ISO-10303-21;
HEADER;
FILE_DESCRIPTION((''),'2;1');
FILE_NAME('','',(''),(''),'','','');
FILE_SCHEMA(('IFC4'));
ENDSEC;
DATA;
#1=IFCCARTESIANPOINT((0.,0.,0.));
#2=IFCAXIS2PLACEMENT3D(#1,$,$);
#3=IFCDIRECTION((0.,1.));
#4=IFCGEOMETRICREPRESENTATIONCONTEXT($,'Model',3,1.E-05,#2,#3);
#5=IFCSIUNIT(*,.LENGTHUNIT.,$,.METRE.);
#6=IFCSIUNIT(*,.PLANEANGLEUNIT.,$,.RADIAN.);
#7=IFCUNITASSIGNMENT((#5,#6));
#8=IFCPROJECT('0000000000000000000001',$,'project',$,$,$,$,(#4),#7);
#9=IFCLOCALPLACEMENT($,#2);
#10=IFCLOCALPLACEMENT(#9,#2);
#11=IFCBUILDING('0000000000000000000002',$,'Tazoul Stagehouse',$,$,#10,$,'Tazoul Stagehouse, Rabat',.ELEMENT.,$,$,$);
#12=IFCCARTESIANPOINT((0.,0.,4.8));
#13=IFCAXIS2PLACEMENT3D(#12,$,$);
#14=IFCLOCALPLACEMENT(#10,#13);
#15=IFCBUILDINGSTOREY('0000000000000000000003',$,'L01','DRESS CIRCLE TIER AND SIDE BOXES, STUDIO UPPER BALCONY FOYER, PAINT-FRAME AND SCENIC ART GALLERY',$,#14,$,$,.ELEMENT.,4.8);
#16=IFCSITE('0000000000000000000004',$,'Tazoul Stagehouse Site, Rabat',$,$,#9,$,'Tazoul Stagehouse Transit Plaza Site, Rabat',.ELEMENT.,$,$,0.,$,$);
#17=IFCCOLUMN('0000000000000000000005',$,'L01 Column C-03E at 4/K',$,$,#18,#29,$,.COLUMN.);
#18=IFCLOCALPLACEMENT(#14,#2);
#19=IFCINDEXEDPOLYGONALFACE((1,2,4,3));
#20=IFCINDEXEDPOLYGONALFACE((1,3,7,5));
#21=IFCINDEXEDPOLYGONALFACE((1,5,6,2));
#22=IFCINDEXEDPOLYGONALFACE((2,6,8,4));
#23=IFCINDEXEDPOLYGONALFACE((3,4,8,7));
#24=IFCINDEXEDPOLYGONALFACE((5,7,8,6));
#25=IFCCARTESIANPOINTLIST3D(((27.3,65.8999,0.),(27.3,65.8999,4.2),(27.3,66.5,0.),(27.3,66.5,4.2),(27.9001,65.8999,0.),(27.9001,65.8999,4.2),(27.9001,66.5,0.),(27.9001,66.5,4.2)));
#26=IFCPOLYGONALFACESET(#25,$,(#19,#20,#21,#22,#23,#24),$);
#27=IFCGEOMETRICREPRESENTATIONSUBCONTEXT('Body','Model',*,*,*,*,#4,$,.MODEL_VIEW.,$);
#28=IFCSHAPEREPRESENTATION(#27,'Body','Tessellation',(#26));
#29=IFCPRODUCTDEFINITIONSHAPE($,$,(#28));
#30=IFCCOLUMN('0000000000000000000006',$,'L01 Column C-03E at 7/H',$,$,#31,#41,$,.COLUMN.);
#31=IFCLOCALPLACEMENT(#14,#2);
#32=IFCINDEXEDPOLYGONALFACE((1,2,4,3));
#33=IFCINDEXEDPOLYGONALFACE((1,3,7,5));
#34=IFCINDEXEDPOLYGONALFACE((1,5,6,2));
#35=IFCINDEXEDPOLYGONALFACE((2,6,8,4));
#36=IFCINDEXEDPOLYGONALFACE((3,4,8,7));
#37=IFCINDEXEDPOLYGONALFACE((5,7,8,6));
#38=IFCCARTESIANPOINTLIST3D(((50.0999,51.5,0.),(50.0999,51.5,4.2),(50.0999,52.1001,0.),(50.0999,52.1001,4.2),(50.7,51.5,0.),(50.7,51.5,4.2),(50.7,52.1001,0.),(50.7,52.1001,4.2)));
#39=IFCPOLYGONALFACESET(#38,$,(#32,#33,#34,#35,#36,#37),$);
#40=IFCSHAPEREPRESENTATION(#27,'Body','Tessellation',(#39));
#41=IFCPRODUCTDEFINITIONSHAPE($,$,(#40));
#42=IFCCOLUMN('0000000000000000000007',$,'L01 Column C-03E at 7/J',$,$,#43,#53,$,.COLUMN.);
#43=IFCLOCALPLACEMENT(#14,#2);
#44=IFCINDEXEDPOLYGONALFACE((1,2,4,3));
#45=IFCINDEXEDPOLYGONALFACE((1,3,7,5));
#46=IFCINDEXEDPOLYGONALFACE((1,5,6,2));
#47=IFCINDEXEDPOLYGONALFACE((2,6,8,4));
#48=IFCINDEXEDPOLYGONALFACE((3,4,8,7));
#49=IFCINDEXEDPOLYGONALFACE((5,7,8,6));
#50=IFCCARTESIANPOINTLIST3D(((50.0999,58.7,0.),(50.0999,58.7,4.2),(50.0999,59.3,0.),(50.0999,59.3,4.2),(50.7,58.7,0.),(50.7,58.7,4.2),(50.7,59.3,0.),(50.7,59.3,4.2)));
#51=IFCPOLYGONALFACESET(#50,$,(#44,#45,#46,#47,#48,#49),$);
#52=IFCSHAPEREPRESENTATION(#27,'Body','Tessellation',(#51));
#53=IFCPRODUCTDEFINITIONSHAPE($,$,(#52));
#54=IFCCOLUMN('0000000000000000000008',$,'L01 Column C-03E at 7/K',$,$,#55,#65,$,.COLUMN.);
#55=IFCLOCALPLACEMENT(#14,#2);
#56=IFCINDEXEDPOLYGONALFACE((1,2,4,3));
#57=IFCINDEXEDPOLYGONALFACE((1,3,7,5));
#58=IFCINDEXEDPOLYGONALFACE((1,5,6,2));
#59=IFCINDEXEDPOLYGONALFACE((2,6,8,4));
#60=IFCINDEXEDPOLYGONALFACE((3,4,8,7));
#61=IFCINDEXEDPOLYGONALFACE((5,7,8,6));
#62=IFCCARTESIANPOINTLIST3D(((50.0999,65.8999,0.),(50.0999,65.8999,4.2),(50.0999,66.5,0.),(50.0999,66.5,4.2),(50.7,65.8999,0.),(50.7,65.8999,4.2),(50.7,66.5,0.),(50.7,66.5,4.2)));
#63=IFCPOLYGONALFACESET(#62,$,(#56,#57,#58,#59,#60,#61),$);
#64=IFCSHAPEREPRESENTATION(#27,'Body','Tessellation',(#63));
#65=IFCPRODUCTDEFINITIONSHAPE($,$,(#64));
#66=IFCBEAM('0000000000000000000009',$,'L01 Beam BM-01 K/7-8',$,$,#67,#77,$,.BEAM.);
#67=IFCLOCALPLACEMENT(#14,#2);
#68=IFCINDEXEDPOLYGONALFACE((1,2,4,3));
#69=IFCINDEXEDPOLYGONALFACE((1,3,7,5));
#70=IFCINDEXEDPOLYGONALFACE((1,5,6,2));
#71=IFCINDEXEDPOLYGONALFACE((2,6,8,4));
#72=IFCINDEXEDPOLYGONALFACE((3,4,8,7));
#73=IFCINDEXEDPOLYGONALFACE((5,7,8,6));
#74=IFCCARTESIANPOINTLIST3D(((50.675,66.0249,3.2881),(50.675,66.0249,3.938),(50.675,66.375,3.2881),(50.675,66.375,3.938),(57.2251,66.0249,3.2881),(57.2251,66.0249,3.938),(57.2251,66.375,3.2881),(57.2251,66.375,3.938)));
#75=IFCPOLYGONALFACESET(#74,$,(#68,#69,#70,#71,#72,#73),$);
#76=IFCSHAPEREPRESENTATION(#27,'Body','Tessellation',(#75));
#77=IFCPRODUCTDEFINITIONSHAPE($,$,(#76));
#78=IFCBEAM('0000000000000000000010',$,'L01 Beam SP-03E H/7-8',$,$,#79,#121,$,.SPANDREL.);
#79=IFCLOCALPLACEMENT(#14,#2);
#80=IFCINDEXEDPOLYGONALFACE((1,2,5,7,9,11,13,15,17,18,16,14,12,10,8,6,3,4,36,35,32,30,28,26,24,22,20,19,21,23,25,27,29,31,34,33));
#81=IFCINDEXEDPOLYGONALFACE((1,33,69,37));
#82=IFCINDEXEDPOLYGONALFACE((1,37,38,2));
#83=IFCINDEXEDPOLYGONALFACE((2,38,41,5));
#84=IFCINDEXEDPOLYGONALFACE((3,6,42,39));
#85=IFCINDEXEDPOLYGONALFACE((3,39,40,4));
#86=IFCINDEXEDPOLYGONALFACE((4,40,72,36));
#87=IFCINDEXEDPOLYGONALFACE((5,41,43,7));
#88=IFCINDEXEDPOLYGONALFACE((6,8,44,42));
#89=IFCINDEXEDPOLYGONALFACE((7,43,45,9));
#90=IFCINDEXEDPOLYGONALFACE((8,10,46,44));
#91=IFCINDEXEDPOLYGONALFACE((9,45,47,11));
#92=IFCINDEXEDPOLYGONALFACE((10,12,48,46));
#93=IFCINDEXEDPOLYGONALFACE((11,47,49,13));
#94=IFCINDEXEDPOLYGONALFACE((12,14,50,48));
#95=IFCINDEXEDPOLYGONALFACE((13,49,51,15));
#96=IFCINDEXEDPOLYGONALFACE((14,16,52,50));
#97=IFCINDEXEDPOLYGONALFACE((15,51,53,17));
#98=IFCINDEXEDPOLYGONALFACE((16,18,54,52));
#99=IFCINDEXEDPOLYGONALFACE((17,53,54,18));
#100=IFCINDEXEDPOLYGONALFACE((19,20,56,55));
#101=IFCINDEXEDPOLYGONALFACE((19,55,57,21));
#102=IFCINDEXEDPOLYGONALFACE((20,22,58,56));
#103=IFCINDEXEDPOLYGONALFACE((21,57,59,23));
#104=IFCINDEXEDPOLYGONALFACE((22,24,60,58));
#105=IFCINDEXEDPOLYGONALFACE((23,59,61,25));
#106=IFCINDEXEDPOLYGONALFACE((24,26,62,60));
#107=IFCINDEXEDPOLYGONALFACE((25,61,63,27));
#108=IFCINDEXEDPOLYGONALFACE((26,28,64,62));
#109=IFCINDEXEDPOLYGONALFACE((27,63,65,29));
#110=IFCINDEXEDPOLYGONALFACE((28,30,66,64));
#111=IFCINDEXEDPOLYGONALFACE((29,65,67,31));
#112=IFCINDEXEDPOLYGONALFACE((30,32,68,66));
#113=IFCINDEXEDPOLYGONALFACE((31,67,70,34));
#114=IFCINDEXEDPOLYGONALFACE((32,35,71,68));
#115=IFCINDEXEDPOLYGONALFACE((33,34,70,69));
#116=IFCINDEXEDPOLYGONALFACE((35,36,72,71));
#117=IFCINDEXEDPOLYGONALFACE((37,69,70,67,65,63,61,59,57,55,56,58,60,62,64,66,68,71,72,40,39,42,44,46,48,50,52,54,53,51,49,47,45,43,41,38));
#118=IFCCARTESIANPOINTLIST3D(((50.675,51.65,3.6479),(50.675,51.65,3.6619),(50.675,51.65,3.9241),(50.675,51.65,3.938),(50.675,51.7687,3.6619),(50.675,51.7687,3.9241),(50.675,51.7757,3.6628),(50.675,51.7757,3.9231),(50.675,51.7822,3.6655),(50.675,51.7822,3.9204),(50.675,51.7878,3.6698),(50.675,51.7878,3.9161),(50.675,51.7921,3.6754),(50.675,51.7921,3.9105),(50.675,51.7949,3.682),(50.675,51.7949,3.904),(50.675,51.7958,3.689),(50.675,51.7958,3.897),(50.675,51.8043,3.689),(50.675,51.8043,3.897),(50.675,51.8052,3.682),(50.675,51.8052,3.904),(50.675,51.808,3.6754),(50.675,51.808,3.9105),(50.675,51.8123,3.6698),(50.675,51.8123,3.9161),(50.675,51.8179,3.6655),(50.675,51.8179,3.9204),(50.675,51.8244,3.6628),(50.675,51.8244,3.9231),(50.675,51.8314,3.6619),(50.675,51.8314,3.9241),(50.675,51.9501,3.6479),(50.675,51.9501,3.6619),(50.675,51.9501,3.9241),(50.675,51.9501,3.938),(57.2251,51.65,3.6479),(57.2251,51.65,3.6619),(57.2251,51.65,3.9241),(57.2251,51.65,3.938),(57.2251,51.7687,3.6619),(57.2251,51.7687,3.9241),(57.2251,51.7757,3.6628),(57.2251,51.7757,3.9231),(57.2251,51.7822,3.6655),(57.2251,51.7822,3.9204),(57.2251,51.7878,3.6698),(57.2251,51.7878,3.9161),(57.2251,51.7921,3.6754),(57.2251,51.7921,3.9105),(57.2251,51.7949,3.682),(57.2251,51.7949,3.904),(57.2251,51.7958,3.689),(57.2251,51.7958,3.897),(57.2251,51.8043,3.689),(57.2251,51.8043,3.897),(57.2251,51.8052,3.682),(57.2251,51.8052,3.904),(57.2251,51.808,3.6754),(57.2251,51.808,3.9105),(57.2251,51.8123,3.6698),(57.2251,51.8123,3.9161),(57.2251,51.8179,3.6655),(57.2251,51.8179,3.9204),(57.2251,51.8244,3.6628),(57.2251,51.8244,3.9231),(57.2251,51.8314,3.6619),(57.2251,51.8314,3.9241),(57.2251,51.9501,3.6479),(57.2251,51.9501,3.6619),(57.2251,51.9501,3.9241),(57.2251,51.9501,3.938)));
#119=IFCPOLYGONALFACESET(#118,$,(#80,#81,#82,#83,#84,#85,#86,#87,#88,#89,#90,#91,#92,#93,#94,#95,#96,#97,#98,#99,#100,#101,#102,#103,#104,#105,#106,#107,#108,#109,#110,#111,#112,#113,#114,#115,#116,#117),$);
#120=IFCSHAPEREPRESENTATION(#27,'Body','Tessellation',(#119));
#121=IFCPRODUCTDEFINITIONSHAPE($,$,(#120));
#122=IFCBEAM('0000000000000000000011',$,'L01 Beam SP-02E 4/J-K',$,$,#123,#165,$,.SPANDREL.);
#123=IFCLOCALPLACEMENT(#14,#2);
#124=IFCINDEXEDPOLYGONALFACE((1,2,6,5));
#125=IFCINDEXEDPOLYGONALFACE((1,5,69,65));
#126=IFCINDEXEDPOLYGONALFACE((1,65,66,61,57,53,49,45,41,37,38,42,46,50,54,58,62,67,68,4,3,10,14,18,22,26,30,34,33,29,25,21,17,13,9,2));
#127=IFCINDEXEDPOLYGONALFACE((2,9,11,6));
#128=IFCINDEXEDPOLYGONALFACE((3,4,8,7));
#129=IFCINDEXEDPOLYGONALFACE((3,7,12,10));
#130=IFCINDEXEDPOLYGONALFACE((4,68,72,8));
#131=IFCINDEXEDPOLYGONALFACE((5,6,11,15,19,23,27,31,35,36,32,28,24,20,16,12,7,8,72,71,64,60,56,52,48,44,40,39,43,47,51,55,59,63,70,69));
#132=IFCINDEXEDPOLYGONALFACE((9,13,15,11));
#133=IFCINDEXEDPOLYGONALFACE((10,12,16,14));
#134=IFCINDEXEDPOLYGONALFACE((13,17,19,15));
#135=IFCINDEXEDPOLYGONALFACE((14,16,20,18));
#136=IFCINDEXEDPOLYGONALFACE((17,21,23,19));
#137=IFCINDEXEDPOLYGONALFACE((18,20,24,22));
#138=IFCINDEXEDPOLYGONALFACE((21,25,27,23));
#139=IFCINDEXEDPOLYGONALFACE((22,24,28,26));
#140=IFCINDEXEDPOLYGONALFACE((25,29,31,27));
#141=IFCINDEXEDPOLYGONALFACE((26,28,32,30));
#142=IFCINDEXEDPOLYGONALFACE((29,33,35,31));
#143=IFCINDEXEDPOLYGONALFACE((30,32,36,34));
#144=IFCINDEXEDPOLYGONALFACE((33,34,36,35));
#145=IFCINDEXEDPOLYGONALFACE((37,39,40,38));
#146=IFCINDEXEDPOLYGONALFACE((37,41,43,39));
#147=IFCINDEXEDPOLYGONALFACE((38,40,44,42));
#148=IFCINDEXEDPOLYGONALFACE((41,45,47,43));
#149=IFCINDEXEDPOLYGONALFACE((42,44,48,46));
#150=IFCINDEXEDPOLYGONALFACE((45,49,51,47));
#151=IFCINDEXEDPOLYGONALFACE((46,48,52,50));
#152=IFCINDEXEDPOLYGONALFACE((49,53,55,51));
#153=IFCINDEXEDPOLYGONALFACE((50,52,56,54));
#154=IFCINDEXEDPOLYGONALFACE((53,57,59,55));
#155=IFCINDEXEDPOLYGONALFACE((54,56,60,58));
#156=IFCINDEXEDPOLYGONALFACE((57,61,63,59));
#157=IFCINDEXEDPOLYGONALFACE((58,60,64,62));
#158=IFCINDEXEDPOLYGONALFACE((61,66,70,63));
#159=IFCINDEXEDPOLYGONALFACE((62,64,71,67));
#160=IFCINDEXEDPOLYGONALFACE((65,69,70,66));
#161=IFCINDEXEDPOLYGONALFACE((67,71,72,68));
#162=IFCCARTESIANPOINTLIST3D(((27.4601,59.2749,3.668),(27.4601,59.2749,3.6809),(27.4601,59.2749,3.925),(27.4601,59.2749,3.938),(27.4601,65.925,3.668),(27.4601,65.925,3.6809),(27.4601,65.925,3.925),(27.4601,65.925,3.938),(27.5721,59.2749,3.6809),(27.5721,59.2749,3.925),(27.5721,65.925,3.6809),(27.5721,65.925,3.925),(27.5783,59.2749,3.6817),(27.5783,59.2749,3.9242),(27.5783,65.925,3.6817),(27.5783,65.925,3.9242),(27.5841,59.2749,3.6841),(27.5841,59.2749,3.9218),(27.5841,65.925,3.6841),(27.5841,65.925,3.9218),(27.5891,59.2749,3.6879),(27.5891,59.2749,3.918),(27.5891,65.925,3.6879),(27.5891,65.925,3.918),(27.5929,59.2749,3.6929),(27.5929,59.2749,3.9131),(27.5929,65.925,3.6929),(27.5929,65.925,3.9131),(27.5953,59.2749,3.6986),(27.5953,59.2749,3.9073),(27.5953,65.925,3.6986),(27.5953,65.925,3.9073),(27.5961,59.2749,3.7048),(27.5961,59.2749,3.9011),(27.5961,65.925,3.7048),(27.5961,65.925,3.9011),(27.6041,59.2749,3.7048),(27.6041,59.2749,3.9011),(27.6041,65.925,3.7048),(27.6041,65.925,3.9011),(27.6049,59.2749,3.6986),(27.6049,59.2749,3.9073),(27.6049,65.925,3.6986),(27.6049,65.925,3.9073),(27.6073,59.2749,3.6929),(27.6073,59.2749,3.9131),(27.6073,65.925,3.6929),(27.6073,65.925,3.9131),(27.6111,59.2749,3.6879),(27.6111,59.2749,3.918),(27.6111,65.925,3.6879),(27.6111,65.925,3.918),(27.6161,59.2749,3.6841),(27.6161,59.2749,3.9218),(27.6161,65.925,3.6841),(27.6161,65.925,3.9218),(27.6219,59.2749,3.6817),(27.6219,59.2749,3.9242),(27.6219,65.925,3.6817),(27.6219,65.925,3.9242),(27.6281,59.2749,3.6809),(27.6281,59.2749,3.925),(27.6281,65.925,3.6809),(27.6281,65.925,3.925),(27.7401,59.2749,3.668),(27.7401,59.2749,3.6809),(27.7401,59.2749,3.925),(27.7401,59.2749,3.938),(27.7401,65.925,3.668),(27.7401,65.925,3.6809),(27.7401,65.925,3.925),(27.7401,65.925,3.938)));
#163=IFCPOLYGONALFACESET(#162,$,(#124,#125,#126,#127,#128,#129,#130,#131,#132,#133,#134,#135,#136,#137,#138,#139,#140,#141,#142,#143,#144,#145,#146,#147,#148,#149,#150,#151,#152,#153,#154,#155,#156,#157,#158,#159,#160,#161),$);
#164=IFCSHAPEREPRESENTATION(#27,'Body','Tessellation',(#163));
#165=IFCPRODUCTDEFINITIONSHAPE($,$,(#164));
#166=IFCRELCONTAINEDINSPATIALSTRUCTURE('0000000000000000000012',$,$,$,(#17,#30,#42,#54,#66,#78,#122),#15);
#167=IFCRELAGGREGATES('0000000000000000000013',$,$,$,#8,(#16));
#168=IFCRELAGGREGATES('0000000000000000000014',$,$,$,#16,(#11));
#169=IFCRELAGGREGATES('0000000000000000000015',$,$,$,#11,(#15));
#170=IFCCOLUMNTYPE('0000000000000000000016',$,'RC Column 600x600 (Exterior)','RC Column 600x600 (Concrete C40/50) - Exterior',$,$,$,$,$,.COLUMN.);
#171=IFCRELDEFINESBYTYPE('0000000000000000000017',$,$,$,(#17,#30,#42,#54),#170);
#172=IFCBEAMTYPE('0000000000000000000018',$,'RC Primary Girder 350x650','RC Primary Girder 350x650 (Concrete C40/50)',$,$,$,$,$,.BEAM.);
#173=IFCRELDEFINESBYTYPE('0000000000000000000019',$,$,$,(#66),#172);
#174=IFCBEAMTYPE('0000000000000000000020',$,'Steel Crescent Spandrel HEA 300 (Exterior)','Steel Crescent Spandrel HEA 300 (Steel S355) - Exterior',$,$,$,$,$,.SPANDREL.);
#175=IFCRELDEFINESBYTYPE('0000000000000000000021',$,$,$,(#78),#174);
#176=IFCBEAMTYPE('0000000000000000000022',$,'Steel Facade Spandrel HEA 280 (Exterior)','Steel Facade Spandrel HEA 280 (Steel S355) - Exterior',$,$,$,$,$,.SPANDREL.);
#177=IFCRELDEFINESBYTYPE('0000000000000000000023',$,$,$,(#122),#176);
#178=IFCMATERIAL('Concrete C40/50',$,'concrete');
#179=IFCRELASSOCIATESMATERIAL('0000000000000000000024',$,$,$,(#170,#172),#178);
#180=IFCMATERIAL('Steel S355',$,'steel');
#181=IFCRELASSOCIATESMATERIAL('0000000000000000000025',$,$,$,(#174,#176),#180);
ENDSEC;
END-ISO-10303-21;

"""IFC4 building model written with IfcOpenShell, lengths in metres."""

from ifc_helpers import new_model, si_unit, direction, frame, origin, origin_2d, place, context, subcontext, project, spatial, rectangle, i_section, extrude, material, material_profile, profile_set, type_object, element, save


model = new_model("IFC4")

# Units and contexts
model_context = context("Model", 3, precision=1e-05, world=origin(), true_north=direction((0.0, 1.0)))
body_context = subcontext(model_context, "Body", "Model", "MODEL_VIEW")
ifc_project = project(units=[si_unit("LENGTHUNIT", "METRE"), si_unit("PLANEANGLEUNIT", "RADIAN")], contexts=[model_context])

# Site, building, storey
site_placement = place(None, origin())
site = spatial("IfcSite", under=ifc_project, at=site_placement, Name="Tazoul Stagehouse Site, Rabat", LongName="Tazoul Stagehouse Transit Plaza Site, Rabat", CompositionType="ELEMENT", RefElevation=0.0)
building_placement = place(site_placement, origin())
building = spatial("IfcBuilding", under=site, at=building_placement, Name="Tazoul Stagehouse", LongName="Tazoul Stagehouse, Rabat", CompositionType="ELEMENT")
storey_placement = place(building_placement, frame((0.0, 0.0, 4.8)))
storey = spatial("IfcBuildingStorey", under=building, at=storey_placement, Name="L01", Description="DRESS CIRCLE TIER AND SIDE BOXES, STUDIO UPPER BALCONY FOYER, PAINT-FRAME AND SCENIC ART GALLERY", CompositionType="ELEMENT", Elevation=4.8)

# Columns
ifc_material_1 = material(Name="Concrete C40/50", Category="concrete")
ifc_material_profile_1 = material_profile(ifc_material_1, rectangle(XDim=0.6001, YDim=0.6001, at=origin_2d()), Name="RC 600x600")
ifc_profile_set_1 = profile_set([ifc_material_profile_1], Name="Concrete C40/50")
column_type = type_object("IfcColumnType", Name="RC Column 600x600 (Exterior)", Description="RC Column 600x600 (Concrete C40/50) - Exterior", PredefinedType="COLUMN", material=ifc_profile_set_1)
for number, where, z_axis, x_axis, name in (
    (1, (27.6001, 66.2, 0.0), (0.0, 0.0, 1.0), (1.0, 0.0, 0.0), "L01 Column C-03E at 4/K"),
    (2, (50.3999, 51.8, 0.0), (0.0, 0.0, 1.0), (1.0, 0.0, 0.0), "L01 Column C-03E at 7/H"),
    (3, (50.3999, 59.0, 0.0), (0.0, 0.0, 1.0), (1.0, 0.0, 0.0), "L01 Column C-03E at 7/J"),
    (4, (50.3999, 66.2, 0.0), (0.0, 0.0, 1.0), (1.0, 0.0, 0.0), "L01 Column C-03E at 7/K"),
):
    element("IfcColumn", number, at=place(storey_placement, frame(where, z_axis=z_axis, x_axis=x_axis)), inside=storey, type_object=column_type, Name=name, PredefinedType="COLUMN", context=body_context, shape_type="SweptSolid", body=[
        extrude(rectangle(XDim=0.6001, YDim=0.6001, at=origin_2d()), origin(), (0.0, 0.0, 1.0), 4.2),
    ])

# Beams
ifc_material_profile_2 = material_profile(ifc_material_1, rectangle(XDim=0.3501, YDim=0.6499, at=origin_2d()), Name="RC 350x650")
ifc_profile_set_2 = profile_set([ifc_material_profile_2], Name="Concrete C40/50")
beam_type_1 = type_object("IfcBeamType", Name="RC Primary Girder 350x650", Description="RC Primary Girder 350x650 (Concrete C40/50)", PredefinedType="BEAM", material=ifc_profile_set_2)
beam_1_placement = place(storey_placement, frame((50.675, 66.2, 3.613), z_axis=(1.0, 0.0, 0.0), x_axis=(0.0, 1.0, 0.0)))
element("IfcBeam", 5, at=beam_1_placement, inside=storey, type_object=beam_type_1, Name="L01 Beam BM-01 K/7-8", PredefinedType="BEAM", context=body_context, shape_type="SweptSolid", body=[
    extrude(rectangle(XDim=0.3501, YDim=0.6499, at=origin_2d()), origin(), (0.0, 0.0, 1.0), 6.55),
])
ifc_material_2 = material(Name="Steel S355", Category="steel")
ifc_material_profile_3 = material_profile(ifc_material_2, i_section(OverallWidth=0.3, OverallDepth=0.29, WebThickness=0.0085, FlangeThickness=0.0139, FilletRadius=0.0271, at=origin_2d()), Name="HEA 300")
ifc_profile_set_3 = profile_set([ifc_material_profile_3], Name="Steel S355")
beam_type_2 = type_object("IfcBeamType", Name="Steel Crescent Spandrel HEA 300 (Exterior)", Description="Steel Crescent Spandrel HEA 300 (Steel S355) - Exterior", PredefinedType="SPANDREL", material=ifc_profile_set_3)
beam_2_placement = place(storey_placement, frame((50.675, 51.8, 3.793), z_axis=(1.0, 0.0, 0.0), x_axis=(0.0, 1.0, 0.0)))
element("IfcBeam", 6, at=beam_2_placement, inside=storey, type_object=beam_type_2, Name="L01 Beam SP-03E H/7-8", PredefinedType="SPANDREL", context=body_context, shape_type="SweptSolid", body=[
    extrude(i_section(OverallWidth=0.3, OverallDepth=0.29, WebThickness=0.0085, FlangeThickness=0.0139, FilletRadius=0.0271, at=origin_2d()), origin(), (0.0, 0.0, 1.0), 6.55),
])
ifc_material_profile_4 = material_profile(ifc_material_2, i_section(OverallWidth=0.28, OverallDepth=0.27, WebThickness=0.0081, FlangeThickness=0.0129, FilletRadius=0.0239, at=origin_2d()), Name="HEA 280")
ifc_profile_set_4 = profile_set([ifc_material_profile_4], Name="Steel S355")
beam_type_3 = type_object("IfcBeamType", Name="Steel Facade Spandrel HEA 280 (Exterior)", Description="Steel Facade Spandrel HEA 280 (Steel S355) - Exterior", PredefinedType="SPANDREL", material=ifc_profile_set_4)
for number, where, z_axis, x_axis, name in (
    (7, (27.6001, 59.2749, 3.803), (0.0, 1.0, 0.0), (-1.0, 0.0, 0.0), "L01 Beam SP-02E 4/J-K"),
):
    element("IfcBeam", number, at=place(storey_placement, frame(where, z_axis=z_axis, x_axis=x_axis)), inside=storey, type_object=beam_type_3, Name=name, PredefinedType="SPANDREL", context=body_context, shape_type="SweptSolid", body=[
        extrude(i_section(OverallWidth=0.28, OverallDepth=0.27, WebThickness=0.0081, FlangeThickness=0.0129, FilletRadius=0.0239, at=origin_2d()), origin(), (0.0, 0.0, 1.0), 6.6501),
    ])

save(model, "model.ifc")
